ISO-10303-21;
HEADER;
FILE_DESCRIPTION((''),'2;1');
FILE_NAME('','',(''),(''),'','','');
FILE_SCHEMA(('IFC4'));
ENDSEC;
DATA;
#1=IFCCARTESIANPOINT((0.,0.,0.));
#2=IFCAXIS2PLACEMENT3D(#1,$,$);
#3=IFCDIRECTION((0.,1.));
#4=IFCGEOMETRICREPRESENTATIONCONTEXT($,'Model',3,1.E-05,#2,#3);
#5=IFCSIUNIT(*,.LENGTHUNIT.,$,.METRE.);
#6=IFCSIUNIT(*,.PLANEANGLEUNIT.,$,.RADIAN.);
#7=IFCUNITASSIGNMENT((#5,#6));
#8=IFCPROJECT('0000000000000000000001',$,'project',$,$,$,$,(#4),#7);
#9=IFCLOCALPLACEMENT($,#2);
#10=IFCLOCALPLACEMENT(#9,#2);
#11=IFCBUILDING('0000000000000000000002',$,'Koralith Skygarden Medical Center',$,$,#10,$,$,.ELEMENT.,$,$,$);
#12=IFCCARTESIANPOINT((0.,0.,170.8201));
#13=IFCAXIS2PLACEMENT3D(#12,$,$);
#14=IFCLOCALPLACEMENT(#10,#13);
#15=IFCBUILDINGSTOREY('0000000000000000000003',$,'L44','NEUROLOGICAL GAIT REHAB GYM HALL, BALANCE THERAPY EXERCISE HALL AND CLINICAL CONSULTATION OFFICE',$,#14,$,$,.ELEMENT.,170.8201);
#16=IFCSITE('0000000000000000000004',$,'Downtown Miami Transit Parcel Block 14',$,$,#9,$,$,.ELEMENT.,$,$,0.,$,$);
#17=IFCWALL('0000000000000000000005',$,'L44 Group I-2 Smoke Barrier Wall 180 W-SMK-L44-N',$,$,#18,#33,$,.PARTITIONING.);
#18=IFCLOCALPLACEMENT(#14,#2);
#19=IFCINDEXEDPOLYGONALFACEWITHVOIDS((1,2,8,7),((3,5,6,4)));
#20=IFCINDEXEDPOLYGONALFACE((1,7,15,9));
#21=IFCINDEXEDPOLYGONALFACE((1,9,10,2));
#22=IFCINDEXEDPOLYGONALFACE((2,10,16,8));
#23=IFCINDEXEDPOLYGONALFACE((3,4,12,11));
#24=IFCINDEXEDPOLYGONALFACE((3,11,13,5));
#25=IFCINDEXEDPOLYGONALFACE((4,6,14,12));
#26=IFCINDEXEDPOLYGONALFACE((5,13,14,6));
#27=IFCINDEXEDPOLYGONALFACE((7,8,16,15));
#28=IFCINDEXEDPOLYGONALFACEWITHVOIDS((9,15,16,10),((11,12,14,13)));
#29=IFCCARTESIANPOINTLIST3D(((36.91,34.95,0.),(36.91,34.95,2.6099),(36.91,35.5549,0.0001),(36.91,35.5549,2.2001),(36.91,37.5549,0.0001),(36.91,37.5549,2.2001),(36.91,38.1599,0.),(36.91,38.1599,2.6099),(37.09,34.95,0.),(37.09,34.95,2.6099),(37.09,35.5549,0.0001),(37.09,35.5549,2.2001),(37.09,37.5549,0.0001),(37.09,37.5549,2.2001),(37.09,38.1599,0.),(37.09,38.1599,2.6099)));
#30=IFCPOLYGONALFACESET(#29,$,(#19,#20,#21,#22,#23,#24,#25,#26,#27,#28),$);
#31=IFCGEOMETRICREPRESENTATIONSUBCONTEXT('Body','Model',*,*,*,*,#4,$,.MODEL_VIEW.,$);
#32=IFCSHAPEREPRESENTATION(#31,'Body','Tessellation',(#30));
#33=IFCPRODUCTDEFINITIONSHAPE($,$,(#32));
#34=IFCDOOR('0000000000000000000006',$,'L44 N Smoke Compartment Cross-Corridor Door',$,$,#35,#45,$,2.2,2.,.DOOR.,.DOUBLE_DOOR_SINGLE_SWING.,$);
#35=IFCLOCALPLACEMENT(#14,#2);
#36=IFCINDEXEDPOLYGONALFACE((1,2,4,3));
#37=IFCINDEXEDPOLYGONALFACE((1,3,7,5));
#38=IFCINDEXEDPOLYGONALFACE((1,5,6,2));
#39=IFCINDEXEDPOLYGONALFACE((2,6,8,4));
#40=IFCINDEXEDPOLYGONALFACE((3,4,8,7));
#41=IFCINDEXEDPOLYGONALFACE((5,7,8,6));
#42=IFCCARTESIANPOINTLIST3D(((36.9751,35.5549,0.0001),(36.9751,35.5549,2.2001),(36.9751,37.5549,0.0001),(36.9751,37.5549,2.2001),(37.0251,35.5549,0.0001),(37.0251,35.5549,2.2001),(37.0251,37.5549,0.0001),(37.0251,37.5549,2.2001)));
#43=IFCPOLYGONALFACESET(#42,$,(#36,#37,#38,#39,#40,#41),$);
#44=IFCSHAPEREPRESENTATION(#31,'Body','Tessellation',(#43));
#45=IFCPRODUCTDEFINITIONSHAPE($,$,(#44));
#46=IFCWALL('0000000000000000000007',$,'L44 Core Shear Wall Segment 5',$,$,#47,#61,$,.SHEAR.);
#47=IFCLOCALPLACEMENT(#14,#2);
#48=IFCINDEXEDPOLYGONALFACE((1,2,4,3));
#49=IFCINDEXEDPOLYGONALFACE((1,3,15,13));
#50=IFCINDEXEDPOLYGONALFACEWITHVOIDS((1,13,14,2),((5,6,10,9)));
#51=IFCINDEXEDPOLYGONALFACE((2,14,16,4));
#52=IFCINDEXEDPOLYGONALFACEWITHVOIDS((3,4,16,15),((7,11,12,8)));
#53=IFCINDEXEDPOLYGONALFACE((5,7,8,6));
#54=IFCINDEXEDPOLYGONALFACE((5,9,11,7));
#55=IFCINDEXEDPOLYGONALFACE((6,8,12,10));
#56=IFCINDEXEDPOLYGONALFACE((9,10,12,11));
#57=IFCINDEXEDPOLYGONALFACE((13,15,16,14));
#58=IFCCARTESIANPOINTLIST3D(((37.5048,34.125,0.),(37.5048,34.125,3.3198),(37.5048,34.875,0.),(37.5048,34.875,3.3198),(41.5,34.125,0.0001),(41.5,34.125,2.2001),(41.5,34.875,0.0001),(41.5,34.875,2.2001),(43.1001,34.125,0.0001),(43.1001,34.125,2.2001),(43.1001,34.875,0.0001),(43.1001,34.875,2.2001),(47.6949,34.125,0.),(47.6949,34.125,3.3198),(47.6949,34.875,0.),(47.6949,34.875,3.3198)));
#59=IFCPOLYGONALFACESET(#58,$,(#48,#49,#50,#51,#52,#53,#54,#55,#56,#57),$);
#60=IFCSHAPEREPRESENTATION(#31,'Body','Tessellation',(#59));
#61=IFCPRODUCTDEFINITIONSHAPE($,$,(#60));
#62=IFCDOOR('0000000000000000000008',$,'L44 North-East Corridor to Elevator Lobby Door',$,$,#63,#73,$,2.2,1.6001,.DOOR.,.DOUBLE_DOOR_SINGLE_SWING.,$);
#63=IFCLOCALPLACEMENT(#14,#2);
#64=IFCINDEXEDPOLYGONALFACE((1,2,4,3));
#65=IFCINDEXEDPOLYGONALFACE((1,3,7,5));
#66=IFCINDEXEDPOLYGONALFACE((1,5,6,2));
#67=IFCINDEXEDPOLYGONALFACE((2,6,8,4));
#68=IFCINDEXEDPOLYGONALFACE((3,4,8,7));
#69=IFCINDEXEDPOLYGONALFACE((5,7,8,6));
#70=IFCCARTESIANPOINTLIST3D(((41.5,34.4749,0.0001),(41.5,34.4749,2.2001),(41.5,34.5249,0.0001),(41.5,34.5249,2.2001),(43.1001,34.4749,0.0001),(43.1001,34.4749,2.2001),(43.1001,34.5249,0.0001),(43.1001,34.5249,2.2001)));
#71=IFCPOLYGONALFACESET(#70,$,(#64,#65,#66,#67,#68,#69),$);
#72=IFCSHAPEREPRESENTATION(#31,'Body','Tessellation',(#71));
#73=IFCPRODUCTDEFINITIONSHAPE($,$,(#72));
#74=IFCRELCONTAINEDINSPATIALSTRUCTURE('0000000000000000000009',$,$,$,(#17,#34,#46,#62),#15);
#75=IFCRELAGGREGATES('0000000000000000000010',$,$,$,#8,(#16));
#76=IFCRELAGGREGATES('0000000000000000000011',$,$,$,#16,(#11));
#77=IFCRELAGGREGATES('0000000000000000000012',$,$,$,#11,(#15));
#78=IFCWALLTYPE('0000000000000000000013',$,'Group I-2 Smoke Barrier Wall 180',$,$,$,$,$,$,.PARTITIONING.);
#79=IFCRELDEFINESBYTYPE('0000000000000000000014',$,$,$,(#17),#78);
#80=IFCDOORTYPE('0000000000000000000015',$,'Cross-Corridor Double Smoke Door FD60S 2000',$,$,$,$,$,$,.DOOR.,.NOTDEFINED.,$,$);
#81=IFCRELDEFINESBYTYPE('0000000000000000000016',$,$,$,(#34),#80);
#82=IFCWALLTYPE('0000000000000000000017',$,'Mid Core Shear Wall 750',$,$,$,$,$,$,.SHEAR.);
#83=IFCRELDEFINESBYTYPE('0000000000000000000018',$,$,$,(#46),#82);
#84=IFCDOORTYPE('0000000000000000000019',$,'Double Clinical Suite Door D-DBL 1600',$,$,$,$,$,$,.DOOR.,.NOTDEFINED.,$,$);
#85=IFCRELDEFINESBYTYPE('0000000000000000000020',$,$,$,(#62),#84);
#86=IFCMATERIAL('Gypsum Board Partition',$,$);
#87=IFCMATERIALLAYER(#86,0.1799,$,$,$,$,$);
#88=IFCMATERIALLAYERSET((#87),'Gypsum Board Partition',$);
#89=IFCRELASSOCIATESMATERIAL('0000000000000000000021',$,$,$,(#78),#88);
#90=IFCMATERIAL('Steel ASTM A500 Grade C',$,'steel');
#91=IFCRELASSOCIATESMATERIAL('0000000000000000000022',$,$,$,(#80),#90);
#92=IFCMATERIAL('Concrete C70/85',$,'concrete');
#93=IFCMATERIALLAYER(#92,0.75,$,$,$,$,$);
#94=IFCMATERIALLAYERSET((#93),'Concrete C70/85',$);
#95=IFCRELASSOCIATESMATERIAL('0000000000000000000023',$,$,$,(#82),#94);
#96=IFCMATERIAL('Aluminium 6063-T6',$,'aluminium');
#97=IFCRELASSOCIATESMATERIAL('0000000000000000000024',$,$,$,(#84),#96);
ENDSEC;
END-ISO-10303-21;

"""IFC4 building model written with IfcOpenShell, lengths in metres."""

from ifc_helpers import new_model, si_unit, direction, frame, frame_2d, origin, place, context, subcontext, project, spatial, rectangle, extrude, material, layer, layer_set, type_object, element, fill, save


model = new_model("IFC4")

# Units and contexts
model_context = context("Model", 3, precision=1e-05, world=origin(), true_north=direction((0.0, 1.0)))
body_context = subcontext(model_context, "Body", "Model", "MODEL_VIEW")
ifc_project = project(units=[si_unit("LENGTHUNIT", "METRE"), si_unit("PLANEANGLEUNIT", "RADIAN")], contexts=[model_context])

# Site, building, storey
site_placement = place(None, origin())
site = spatial("IfcSite", under=ifc_project, at=site_placement, Name="Downtown Miami Transit Parcel Block 14", CompositionType="ELEMENT", RefElevation=0.0)
building_placement = place(site_placement, origin())
building = spatial("IfcBuilding", under=site, at=building_placement, Name="Koralith Skygarden Medical Center", CompositionType="ELEMENT")
storey_placement = place(building_placement, frame((0.0, 0.0, 170.8201)))
storey = spatial("IfcBuildingStorey", under=building, at=storey_placement, Name="L44", Description="NEUROLOGICAL GAIT REHAB GYM HALL, BALANCE THERAPY EXERCISE HALL AND CLINICAL CONSULTATION OFFICE", CompositionType="ELEMENT", Elevation=170.8201)

# Shared definitions
ifc_material_1 = material(Name="Concrete C70/85", Category="concrete")

# Shared definitions
ifc_material_2 = material(Name="Aluminium 6063-T6", Category="aluminium")

# Shared definitions
ifc_material_3 = material(Name="Gypsum Board Partition")

# Walls, openings, doors
ifc_layer_1 = layer(ifc_material_3, 0.1799)
ifc_layer_set_1 = layer_set([ifc_layer_1], Name="Gypsum Board Partition")
wall_type_1 = type_object("IfcWallType", Name="Group I-2 Smoke Barrier Wall 180", PredefinedType="PARTITIONING", material=ifc_layer_set_1)
wall_1_placement = place(storey_placement, frame((37.0, 34.95, 0.0), z_axis=(0.0, 0.0, 1.0), x_axis=(0.0, 1.0, 0.0)))
wall_1 = element("IfcWall", 1, at=wall_1_placement, inside=storey, type_object=wall_type_1, Name="L44 Group I-2 Smoke Barrier Wall 180 W-SMK-L44-N", PredefinedType="PARTITIONING", context=body_context, shape_type="SweptSolid", body=[
    extrude(rectangle(XDim=3.21, YDim=0.1799, at=frame_2d((1.605, 0.0))), origin(), (0.0, 0.0, 1.0), 2.6099),
])
opening_1_placement = place(wall_1_placement, frame((0.605, 0.0, 0.0)))
opening_1 = element("IfcOpeningElement", 2, at=opening_1_placement, cuts=wall_1, PredefinedType="OPENING", context=body_context, shape_type="SweptSolid", body=[
    extrude(rectangle(XDim=2.0, YDim=2.2, at=frame_2d((1.0, 1.1001))), frame((0.0, 0.0999, 0.0), z_axis=(0.0, -1.0, 0.0), x_axis=(1.0, 0.0, 0.0)), (0.0, 0.0, 1.0), 0.2),
])
ifc_material_4 = material(Name="Steel ASTM A500 Grade C", Category="steel")
door_type_1 = type_object("IfcDoorType", Name="Cross-Corridor Double Smoke Door FD60S 2000", OperationType="NOTDEFINED", PredefinedType="DOOR", material=ifc_material_4)
door_1_placement = place(opening_1_placement, origin())
door_1 = element("IfcDoor", 3, at=door_1_placement, inside=storey, type_object=door_type_1, Name="L44 N Smoke Compartment Cross-Corridor Door", OperationType="DOUBLE_DOOR_SINGLE_SWING", OverallHeight=2.2, OverallWidth=2.0, PredefinedType="DOOR", context=body_context, shape_type="SweptSolid", body=[
    extrude(rectangle(XDim=2.0, YDim=2.2, at=frame_2d((1.0, 1.1001))), frame((0.0, 0.0249, 0.0), z_axis=(0.0, -1.0, 0.0), x_axis=(1.0, 0.0, 0.0)), (0.0, 0.0, 1.0), 0.05),
])
fill(opening_1, door_1)
ifc_layer_2 = layer(ifc_material_1, 0.75)
ifc_layer_set_2 = layer_set([ifc_layer_2], Name="Concrete C70/85")
wall_type_2 = type_object("IfcWallType", Name="Mid Core Shear Wall 750", PredefinedType="SHEAR", material=ifc_layer_set_2)
wall_2_placement = place(storey_placement, frame((47.6951, 34.5, 0.0), z_axis=(0.0, 0.0, 1.0), x_axis=(-1.0, 0.0, 0.0)))
wall_2 = element("IfcWall", 4, at=wall_2_placement, inside=storey, type_object=wall_type_2, Name="L44 Core Shear Wall Segment 5", PredefinedType="SHEAR", context=body_context, shape_type="SweptSolid", body=[
    extrude(rectangle(XDim=10.1902, YDim=0.75, at=frame_2d((5.0952, 0.0))), origin(), (0.0, 0.0, 1.0), 3.3198),
])
opening_2_placement = place(wall_2_placement, frame((4.595, 0.0, 0.0)))
opening_2 = element("IfcOpeningElement", 5, at=opening_2_placement, cuts=wall_2, PredefinedType="OPENING", context=body_context, shape_type="SweptSolid", body=[
    extrude(rectangle(XDim=1.6001, YDim=2.2, at=frame_2d((0.8, 1.1001))), frame((0.0, 0.385, 0.0), z_axis=(0.0, -1.0, 0.0), x_axis=(1.0, 0.0, 0.0)), (0.0, 0.0, 1.0), 0.77),
])
door_type_2 = type_object("IfcDoorType", Name="Double Clinical Suite Door D-DBL 1600", OperationType="NOTDEFINED", PredefinedType="DOOR", material=ifc_material_2)
door_2_placement = place(opening_2_placement, frame((1.6001, 0.0, 0.0), z_axis=(0.0, 0.0, 1.0), x_axis=(-1.0, 0.0, 0.0)))
door_2 = element("IfcDoor", 6, at=door_2_placement, inside=storey, type_object=door_type_2, Name="L44 North-East Corridor to Elevator Lobby Door", OperationType="DOUBLE_DOOR_SINGLE_SWING", OverallHeight=2.2, OverallWidth=1.6001, PredefinedType="DOOR", context=body_context, shape_type="SweptSolid", body=[
    extrude(rectangle(XDim=1.6001, YDim=2.2, at=frame_2d((0.8, 1.1001))), frame((0.0, 0.0249, 0.0), z_axis=(0.0, -1.0, 0.0), x_axis=(1.0, 0.0, 0.0)), (0.0, 0.0, 1.0), 0.05),
])
fill(opening_2, door_2)

save(model, "model.ifc")
